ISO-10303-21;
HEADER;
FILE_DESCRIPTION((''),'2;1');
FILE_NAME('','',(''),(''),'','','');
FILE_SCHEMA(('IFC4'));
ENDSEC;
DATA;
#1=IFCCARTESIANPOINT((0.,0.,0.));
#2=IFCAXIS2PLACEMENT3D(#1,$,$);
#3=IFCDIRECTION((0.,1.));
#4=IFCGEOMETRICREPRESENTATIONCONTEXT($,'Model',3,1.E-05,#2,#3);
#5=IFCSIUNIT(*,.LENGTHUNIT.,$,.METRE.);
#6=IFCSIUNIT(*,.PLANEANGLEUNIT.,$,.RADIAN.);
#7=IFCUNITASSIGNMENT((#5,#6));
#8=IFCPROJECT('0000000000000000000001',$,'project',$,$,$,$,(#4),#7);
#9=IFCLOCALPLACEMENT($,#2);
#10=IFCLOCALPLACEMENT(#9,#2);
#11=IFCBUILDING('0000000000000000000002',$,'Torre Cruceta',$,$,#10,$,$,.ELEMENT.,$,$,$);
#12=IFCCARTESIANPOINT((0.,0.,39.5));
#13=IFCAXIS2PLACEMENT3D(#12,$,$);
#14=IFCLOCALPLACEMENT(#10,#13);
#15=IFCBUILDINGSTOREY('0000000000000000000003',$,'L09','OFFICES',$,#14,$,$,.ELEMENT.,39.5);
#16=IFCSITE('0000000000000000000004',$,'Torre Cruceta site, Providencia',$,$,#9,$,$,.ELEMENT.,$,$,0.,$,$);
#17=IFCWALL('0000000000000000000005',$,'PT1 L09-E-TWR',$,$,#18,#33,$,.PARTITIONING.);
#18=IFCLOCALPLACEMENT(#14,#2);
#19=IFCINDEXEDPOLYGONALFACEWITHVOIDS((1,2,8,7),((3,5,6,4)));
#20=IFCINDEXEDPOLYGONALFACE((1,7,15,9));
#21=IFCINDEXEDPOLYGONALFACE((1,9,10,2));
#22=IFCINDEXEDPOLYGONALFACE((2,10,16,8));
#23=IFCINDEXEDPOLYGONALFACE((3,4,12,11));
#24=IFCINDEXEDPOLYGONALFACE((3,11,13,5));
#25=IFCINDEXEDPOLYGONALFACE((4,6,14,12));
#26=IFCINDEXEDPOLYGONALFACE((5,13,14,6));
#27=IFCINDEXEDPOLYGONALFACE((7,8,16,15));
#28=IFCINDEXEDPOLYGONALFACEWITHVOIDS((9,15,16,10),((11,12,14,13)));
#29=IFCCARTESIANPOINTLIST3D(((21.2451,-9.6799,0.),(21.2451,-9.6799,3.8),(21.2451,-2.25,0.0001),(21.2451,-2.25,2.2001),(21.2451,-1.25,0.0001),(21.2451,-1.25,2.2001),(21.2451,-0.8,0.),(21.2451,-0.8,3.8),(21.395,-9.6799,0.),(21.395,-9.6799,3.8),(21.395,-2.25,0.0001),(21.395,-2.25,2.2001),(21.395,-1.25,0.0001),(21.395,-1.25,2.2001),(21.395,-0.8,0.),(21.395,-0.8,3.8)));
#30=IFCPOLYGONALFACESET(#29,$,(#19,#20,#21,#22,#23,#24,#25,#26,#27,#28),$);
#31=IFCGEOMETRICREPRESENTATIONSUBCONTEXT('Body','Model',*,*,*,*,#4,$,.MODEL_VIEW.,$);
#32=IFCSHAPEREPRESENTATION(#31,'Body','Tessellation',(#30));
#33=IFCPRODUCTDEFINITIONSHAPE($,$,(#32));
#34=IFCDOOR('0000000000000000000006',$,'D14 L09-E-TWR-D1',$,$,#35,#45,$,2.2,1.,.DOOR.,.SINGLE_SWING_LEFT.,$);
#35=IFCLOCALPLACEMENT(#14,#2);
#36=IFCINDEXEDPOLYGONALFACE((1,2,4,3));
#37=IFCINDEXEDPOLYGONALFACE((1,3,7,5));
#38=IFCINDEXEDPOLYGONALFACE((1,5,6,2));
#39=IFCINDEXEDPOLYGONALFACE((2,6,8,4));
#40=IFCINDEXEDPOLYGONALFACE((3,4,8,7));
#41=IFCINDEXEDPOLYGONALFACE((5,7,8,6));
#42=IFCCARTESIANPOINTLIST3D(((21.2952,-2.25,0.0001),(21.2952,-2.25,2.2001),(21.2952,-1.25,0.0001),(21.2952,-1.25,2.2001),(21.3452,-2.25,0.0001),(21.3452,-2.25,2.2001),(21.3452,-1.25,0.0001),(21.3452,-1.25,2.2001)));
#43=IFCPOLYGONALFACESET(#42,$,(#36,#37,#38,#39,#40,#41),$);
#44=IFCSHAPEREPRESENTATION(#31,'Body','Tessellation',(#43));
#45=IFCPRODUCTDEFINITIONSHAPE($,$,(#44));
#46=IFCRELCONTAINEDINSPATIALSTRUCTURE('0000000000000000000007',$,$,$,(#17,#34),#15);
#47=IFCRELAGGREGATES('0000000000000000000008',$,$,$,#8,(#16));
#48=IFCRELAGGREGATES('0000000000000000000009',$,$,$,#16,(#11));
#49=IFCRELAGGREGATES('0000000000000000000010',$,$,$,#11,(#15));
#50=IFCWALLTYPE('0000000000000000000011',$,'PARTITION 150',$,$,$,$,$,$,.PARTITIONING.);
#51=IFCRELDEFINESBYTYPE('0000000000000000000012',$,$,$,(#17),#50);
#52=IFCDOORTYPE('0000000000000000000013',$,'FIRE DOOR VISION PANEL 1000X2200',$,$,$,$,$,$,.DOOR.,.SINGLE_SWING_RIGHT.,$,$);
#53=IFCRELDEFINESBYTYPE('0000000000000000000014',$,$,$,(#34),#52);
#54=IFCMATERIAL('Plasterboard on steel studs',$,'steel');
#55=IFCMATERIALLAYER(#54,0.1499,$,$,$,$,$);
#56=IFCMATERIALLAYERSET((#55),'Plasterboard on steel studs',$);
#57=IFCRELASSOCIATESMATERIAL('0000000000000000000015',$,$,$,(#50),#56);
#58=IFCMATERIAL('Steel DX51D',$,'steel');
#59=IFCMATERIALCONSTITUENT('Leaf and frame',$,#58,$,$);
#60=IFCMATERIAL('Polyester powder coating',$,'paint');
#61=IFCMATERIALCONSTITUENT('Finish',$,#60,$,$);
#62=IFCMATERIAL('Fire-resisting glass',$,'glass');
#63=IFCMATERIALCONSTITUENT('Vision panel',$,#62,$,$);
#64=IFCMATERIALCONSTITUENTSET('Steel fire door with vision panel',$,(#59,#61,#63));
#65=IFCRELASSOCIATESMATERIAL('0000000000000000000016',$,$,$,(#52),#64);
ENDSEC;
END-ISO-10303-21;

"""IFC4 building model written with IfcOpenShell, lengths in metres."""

from ifc_helpers import new_model, si_unit, direction, frame, frame_2d, origin, place, context, subcontext, project, spatial, rectangle, extrude, material, layer, layer_set, constituent, constituent_set, type_object, element, fill, save


model = new_model("IFC4")

# Units and contexts
model_context = context("Model", 3, precision=1e-05, world=origin(), true_north=direction((0.0, 1.0)))
body_context = subcontext(model_context, "Body", "Model", "MODEL_VIEW")
ifc_project = project(units=[si_unit("LENGTHUNIT", "METRE"), si_unit("PLANEANGLEUNIT", "RADIAN")], contexts=[model_context])

# Site, building, storey
site_placement = place(None, origin())
site = spatial("IfcSite", under=ifc_project, at=site_placement, Name="Torre Cruceta site, Providencia", CompositionType="ELEMENT", RefElevation=0.0)
building_placement = place(site_placement, origin())
building = spatial("IfcBuilding", under=site, at=building_placement, Name="Torre Cruceta", CompositionType="ELEMENT")
storey_placement = place(building_placement, frame((0.0, 0.0, 39.5)))
storey = spatial("IfcBuildingStorey", under=building, at=storey_placement, Name="L09", Description="OFFICES", CompositionType="ELEMENT", Elevation=39.5)

# Wall, opening, door
ifc_material_1 = material(Name="Plasterboard on steel studs", Category="steel")
ifc_layer_1 = layer(ifc_material_1, 0.1499)
ifc_layer_set_1 = layer_set([ifc_layer_1], Name="Plasterboard on steel studs")
wall_type_1 = type_object("IfcWallType", Name="PARTITION 150", PredefinedType="PARTITIONING", material=ifc_layer_set_1)
wall_1_placement = place(storey_placement, frame((21.3201, -9.6799, 0.0), z_axis=(0.0, 0.0, 1.0), x_axis=(0.0, 1.0, 0.0)))
wall_1 = element("IfcWall", 1, at=wall_1_placement, inside=storey, type_object=wall_type_1, Name="PT1 L09-E-TWR", PredefinedType="PARTITIONING", context=body_context, shape_type="SweptSolid", body=[
    extrude(rectangle(XDim=8.8799, YDim=0.1499, at=frame_2d((4.4399, 0.0))), origin(), (0.0, 0.0, 1.0), 3.8),
])
opening_1_placement = place(wall_1_placement, frame((7.4299, 0.0, 0.0)))
opening_1 = element("IfcOpeningElement", 2, at=opening_1_placement, cuts=wall_1, PredefinedType="OPENING", context=body_context, shape_type="SweptSolid", body=[
    extrude(rectangle(XDim=1.0, YDim=2.2, at=frame_2d((0.5, 1.1001))), frame((0.0, 0.085, 0.0), z_axis=(0.0, -1.0, 0.0), x_axis=(1.0, 0.0, 0.0)), (0.0, 0.0, 1.0), 0.1699),
])
ifc_material_2 = material(Name="Steel DX51D", Category="steel")
ifc_constituent_1 = constituent(ifc_material_2, Name="Leaf and frame")
ifc_material_3 = material(Name="Polyester powder coating", Category="paint")
ifc_constituent_2 = constituent(ifc_material_3, Name="Finish")
ifc_material_4 = material(Name="Fire-resisting glass", Category="glass")
ifc_constituent_3 = constituent(ifc_material_4, Name="Vision panel")
ifc_constituent_set_1 = constituent_set(constituents=[ifc_constituent_1, ifc_constituent_2, ifc_constituent_3], Name="Steel fire door with vision panel")
door_type = type_object("IfcDoorType", Name="FIRE DOOR VISION PANEL 1000X2200", OperationType="SINGLE_SWING_RIGHT", PredefinedType="DOOR", material=ifc_constituent_set_1)
door_placement = place(opening_1_placement, frame((1.0, 0.0, 0.0), z_axis=(0.0, 0.0, 1.0), x_axis=(-1.0, 0.0, 0.0)))
door = element("IfcDoor", 3, at=door_placement, inside=storey, type_object=door_type, Name="D14 L09-E-TWR-D1", OperationType="SINGLE_SWING_LEFT", OverallHeight=2.2, OverallWidth=1.0, PredefinedType="DOOR", context=body_context, shape_type="SweptSolid", body=[
    extrude(rectangle(XDim=1.0, YDim=2.2, at=frame_2d((0.5, 1.1001))), frame((0.0, 0.0251, 0.0), z_axis=(0.0, -1.0, 0.0), x_axis=(1.0, 0.0, 0.0)), (0.0, 0.0, 1.0), 0.05),
])
fill(opening_1, door)

save(model, "model.ifc")
